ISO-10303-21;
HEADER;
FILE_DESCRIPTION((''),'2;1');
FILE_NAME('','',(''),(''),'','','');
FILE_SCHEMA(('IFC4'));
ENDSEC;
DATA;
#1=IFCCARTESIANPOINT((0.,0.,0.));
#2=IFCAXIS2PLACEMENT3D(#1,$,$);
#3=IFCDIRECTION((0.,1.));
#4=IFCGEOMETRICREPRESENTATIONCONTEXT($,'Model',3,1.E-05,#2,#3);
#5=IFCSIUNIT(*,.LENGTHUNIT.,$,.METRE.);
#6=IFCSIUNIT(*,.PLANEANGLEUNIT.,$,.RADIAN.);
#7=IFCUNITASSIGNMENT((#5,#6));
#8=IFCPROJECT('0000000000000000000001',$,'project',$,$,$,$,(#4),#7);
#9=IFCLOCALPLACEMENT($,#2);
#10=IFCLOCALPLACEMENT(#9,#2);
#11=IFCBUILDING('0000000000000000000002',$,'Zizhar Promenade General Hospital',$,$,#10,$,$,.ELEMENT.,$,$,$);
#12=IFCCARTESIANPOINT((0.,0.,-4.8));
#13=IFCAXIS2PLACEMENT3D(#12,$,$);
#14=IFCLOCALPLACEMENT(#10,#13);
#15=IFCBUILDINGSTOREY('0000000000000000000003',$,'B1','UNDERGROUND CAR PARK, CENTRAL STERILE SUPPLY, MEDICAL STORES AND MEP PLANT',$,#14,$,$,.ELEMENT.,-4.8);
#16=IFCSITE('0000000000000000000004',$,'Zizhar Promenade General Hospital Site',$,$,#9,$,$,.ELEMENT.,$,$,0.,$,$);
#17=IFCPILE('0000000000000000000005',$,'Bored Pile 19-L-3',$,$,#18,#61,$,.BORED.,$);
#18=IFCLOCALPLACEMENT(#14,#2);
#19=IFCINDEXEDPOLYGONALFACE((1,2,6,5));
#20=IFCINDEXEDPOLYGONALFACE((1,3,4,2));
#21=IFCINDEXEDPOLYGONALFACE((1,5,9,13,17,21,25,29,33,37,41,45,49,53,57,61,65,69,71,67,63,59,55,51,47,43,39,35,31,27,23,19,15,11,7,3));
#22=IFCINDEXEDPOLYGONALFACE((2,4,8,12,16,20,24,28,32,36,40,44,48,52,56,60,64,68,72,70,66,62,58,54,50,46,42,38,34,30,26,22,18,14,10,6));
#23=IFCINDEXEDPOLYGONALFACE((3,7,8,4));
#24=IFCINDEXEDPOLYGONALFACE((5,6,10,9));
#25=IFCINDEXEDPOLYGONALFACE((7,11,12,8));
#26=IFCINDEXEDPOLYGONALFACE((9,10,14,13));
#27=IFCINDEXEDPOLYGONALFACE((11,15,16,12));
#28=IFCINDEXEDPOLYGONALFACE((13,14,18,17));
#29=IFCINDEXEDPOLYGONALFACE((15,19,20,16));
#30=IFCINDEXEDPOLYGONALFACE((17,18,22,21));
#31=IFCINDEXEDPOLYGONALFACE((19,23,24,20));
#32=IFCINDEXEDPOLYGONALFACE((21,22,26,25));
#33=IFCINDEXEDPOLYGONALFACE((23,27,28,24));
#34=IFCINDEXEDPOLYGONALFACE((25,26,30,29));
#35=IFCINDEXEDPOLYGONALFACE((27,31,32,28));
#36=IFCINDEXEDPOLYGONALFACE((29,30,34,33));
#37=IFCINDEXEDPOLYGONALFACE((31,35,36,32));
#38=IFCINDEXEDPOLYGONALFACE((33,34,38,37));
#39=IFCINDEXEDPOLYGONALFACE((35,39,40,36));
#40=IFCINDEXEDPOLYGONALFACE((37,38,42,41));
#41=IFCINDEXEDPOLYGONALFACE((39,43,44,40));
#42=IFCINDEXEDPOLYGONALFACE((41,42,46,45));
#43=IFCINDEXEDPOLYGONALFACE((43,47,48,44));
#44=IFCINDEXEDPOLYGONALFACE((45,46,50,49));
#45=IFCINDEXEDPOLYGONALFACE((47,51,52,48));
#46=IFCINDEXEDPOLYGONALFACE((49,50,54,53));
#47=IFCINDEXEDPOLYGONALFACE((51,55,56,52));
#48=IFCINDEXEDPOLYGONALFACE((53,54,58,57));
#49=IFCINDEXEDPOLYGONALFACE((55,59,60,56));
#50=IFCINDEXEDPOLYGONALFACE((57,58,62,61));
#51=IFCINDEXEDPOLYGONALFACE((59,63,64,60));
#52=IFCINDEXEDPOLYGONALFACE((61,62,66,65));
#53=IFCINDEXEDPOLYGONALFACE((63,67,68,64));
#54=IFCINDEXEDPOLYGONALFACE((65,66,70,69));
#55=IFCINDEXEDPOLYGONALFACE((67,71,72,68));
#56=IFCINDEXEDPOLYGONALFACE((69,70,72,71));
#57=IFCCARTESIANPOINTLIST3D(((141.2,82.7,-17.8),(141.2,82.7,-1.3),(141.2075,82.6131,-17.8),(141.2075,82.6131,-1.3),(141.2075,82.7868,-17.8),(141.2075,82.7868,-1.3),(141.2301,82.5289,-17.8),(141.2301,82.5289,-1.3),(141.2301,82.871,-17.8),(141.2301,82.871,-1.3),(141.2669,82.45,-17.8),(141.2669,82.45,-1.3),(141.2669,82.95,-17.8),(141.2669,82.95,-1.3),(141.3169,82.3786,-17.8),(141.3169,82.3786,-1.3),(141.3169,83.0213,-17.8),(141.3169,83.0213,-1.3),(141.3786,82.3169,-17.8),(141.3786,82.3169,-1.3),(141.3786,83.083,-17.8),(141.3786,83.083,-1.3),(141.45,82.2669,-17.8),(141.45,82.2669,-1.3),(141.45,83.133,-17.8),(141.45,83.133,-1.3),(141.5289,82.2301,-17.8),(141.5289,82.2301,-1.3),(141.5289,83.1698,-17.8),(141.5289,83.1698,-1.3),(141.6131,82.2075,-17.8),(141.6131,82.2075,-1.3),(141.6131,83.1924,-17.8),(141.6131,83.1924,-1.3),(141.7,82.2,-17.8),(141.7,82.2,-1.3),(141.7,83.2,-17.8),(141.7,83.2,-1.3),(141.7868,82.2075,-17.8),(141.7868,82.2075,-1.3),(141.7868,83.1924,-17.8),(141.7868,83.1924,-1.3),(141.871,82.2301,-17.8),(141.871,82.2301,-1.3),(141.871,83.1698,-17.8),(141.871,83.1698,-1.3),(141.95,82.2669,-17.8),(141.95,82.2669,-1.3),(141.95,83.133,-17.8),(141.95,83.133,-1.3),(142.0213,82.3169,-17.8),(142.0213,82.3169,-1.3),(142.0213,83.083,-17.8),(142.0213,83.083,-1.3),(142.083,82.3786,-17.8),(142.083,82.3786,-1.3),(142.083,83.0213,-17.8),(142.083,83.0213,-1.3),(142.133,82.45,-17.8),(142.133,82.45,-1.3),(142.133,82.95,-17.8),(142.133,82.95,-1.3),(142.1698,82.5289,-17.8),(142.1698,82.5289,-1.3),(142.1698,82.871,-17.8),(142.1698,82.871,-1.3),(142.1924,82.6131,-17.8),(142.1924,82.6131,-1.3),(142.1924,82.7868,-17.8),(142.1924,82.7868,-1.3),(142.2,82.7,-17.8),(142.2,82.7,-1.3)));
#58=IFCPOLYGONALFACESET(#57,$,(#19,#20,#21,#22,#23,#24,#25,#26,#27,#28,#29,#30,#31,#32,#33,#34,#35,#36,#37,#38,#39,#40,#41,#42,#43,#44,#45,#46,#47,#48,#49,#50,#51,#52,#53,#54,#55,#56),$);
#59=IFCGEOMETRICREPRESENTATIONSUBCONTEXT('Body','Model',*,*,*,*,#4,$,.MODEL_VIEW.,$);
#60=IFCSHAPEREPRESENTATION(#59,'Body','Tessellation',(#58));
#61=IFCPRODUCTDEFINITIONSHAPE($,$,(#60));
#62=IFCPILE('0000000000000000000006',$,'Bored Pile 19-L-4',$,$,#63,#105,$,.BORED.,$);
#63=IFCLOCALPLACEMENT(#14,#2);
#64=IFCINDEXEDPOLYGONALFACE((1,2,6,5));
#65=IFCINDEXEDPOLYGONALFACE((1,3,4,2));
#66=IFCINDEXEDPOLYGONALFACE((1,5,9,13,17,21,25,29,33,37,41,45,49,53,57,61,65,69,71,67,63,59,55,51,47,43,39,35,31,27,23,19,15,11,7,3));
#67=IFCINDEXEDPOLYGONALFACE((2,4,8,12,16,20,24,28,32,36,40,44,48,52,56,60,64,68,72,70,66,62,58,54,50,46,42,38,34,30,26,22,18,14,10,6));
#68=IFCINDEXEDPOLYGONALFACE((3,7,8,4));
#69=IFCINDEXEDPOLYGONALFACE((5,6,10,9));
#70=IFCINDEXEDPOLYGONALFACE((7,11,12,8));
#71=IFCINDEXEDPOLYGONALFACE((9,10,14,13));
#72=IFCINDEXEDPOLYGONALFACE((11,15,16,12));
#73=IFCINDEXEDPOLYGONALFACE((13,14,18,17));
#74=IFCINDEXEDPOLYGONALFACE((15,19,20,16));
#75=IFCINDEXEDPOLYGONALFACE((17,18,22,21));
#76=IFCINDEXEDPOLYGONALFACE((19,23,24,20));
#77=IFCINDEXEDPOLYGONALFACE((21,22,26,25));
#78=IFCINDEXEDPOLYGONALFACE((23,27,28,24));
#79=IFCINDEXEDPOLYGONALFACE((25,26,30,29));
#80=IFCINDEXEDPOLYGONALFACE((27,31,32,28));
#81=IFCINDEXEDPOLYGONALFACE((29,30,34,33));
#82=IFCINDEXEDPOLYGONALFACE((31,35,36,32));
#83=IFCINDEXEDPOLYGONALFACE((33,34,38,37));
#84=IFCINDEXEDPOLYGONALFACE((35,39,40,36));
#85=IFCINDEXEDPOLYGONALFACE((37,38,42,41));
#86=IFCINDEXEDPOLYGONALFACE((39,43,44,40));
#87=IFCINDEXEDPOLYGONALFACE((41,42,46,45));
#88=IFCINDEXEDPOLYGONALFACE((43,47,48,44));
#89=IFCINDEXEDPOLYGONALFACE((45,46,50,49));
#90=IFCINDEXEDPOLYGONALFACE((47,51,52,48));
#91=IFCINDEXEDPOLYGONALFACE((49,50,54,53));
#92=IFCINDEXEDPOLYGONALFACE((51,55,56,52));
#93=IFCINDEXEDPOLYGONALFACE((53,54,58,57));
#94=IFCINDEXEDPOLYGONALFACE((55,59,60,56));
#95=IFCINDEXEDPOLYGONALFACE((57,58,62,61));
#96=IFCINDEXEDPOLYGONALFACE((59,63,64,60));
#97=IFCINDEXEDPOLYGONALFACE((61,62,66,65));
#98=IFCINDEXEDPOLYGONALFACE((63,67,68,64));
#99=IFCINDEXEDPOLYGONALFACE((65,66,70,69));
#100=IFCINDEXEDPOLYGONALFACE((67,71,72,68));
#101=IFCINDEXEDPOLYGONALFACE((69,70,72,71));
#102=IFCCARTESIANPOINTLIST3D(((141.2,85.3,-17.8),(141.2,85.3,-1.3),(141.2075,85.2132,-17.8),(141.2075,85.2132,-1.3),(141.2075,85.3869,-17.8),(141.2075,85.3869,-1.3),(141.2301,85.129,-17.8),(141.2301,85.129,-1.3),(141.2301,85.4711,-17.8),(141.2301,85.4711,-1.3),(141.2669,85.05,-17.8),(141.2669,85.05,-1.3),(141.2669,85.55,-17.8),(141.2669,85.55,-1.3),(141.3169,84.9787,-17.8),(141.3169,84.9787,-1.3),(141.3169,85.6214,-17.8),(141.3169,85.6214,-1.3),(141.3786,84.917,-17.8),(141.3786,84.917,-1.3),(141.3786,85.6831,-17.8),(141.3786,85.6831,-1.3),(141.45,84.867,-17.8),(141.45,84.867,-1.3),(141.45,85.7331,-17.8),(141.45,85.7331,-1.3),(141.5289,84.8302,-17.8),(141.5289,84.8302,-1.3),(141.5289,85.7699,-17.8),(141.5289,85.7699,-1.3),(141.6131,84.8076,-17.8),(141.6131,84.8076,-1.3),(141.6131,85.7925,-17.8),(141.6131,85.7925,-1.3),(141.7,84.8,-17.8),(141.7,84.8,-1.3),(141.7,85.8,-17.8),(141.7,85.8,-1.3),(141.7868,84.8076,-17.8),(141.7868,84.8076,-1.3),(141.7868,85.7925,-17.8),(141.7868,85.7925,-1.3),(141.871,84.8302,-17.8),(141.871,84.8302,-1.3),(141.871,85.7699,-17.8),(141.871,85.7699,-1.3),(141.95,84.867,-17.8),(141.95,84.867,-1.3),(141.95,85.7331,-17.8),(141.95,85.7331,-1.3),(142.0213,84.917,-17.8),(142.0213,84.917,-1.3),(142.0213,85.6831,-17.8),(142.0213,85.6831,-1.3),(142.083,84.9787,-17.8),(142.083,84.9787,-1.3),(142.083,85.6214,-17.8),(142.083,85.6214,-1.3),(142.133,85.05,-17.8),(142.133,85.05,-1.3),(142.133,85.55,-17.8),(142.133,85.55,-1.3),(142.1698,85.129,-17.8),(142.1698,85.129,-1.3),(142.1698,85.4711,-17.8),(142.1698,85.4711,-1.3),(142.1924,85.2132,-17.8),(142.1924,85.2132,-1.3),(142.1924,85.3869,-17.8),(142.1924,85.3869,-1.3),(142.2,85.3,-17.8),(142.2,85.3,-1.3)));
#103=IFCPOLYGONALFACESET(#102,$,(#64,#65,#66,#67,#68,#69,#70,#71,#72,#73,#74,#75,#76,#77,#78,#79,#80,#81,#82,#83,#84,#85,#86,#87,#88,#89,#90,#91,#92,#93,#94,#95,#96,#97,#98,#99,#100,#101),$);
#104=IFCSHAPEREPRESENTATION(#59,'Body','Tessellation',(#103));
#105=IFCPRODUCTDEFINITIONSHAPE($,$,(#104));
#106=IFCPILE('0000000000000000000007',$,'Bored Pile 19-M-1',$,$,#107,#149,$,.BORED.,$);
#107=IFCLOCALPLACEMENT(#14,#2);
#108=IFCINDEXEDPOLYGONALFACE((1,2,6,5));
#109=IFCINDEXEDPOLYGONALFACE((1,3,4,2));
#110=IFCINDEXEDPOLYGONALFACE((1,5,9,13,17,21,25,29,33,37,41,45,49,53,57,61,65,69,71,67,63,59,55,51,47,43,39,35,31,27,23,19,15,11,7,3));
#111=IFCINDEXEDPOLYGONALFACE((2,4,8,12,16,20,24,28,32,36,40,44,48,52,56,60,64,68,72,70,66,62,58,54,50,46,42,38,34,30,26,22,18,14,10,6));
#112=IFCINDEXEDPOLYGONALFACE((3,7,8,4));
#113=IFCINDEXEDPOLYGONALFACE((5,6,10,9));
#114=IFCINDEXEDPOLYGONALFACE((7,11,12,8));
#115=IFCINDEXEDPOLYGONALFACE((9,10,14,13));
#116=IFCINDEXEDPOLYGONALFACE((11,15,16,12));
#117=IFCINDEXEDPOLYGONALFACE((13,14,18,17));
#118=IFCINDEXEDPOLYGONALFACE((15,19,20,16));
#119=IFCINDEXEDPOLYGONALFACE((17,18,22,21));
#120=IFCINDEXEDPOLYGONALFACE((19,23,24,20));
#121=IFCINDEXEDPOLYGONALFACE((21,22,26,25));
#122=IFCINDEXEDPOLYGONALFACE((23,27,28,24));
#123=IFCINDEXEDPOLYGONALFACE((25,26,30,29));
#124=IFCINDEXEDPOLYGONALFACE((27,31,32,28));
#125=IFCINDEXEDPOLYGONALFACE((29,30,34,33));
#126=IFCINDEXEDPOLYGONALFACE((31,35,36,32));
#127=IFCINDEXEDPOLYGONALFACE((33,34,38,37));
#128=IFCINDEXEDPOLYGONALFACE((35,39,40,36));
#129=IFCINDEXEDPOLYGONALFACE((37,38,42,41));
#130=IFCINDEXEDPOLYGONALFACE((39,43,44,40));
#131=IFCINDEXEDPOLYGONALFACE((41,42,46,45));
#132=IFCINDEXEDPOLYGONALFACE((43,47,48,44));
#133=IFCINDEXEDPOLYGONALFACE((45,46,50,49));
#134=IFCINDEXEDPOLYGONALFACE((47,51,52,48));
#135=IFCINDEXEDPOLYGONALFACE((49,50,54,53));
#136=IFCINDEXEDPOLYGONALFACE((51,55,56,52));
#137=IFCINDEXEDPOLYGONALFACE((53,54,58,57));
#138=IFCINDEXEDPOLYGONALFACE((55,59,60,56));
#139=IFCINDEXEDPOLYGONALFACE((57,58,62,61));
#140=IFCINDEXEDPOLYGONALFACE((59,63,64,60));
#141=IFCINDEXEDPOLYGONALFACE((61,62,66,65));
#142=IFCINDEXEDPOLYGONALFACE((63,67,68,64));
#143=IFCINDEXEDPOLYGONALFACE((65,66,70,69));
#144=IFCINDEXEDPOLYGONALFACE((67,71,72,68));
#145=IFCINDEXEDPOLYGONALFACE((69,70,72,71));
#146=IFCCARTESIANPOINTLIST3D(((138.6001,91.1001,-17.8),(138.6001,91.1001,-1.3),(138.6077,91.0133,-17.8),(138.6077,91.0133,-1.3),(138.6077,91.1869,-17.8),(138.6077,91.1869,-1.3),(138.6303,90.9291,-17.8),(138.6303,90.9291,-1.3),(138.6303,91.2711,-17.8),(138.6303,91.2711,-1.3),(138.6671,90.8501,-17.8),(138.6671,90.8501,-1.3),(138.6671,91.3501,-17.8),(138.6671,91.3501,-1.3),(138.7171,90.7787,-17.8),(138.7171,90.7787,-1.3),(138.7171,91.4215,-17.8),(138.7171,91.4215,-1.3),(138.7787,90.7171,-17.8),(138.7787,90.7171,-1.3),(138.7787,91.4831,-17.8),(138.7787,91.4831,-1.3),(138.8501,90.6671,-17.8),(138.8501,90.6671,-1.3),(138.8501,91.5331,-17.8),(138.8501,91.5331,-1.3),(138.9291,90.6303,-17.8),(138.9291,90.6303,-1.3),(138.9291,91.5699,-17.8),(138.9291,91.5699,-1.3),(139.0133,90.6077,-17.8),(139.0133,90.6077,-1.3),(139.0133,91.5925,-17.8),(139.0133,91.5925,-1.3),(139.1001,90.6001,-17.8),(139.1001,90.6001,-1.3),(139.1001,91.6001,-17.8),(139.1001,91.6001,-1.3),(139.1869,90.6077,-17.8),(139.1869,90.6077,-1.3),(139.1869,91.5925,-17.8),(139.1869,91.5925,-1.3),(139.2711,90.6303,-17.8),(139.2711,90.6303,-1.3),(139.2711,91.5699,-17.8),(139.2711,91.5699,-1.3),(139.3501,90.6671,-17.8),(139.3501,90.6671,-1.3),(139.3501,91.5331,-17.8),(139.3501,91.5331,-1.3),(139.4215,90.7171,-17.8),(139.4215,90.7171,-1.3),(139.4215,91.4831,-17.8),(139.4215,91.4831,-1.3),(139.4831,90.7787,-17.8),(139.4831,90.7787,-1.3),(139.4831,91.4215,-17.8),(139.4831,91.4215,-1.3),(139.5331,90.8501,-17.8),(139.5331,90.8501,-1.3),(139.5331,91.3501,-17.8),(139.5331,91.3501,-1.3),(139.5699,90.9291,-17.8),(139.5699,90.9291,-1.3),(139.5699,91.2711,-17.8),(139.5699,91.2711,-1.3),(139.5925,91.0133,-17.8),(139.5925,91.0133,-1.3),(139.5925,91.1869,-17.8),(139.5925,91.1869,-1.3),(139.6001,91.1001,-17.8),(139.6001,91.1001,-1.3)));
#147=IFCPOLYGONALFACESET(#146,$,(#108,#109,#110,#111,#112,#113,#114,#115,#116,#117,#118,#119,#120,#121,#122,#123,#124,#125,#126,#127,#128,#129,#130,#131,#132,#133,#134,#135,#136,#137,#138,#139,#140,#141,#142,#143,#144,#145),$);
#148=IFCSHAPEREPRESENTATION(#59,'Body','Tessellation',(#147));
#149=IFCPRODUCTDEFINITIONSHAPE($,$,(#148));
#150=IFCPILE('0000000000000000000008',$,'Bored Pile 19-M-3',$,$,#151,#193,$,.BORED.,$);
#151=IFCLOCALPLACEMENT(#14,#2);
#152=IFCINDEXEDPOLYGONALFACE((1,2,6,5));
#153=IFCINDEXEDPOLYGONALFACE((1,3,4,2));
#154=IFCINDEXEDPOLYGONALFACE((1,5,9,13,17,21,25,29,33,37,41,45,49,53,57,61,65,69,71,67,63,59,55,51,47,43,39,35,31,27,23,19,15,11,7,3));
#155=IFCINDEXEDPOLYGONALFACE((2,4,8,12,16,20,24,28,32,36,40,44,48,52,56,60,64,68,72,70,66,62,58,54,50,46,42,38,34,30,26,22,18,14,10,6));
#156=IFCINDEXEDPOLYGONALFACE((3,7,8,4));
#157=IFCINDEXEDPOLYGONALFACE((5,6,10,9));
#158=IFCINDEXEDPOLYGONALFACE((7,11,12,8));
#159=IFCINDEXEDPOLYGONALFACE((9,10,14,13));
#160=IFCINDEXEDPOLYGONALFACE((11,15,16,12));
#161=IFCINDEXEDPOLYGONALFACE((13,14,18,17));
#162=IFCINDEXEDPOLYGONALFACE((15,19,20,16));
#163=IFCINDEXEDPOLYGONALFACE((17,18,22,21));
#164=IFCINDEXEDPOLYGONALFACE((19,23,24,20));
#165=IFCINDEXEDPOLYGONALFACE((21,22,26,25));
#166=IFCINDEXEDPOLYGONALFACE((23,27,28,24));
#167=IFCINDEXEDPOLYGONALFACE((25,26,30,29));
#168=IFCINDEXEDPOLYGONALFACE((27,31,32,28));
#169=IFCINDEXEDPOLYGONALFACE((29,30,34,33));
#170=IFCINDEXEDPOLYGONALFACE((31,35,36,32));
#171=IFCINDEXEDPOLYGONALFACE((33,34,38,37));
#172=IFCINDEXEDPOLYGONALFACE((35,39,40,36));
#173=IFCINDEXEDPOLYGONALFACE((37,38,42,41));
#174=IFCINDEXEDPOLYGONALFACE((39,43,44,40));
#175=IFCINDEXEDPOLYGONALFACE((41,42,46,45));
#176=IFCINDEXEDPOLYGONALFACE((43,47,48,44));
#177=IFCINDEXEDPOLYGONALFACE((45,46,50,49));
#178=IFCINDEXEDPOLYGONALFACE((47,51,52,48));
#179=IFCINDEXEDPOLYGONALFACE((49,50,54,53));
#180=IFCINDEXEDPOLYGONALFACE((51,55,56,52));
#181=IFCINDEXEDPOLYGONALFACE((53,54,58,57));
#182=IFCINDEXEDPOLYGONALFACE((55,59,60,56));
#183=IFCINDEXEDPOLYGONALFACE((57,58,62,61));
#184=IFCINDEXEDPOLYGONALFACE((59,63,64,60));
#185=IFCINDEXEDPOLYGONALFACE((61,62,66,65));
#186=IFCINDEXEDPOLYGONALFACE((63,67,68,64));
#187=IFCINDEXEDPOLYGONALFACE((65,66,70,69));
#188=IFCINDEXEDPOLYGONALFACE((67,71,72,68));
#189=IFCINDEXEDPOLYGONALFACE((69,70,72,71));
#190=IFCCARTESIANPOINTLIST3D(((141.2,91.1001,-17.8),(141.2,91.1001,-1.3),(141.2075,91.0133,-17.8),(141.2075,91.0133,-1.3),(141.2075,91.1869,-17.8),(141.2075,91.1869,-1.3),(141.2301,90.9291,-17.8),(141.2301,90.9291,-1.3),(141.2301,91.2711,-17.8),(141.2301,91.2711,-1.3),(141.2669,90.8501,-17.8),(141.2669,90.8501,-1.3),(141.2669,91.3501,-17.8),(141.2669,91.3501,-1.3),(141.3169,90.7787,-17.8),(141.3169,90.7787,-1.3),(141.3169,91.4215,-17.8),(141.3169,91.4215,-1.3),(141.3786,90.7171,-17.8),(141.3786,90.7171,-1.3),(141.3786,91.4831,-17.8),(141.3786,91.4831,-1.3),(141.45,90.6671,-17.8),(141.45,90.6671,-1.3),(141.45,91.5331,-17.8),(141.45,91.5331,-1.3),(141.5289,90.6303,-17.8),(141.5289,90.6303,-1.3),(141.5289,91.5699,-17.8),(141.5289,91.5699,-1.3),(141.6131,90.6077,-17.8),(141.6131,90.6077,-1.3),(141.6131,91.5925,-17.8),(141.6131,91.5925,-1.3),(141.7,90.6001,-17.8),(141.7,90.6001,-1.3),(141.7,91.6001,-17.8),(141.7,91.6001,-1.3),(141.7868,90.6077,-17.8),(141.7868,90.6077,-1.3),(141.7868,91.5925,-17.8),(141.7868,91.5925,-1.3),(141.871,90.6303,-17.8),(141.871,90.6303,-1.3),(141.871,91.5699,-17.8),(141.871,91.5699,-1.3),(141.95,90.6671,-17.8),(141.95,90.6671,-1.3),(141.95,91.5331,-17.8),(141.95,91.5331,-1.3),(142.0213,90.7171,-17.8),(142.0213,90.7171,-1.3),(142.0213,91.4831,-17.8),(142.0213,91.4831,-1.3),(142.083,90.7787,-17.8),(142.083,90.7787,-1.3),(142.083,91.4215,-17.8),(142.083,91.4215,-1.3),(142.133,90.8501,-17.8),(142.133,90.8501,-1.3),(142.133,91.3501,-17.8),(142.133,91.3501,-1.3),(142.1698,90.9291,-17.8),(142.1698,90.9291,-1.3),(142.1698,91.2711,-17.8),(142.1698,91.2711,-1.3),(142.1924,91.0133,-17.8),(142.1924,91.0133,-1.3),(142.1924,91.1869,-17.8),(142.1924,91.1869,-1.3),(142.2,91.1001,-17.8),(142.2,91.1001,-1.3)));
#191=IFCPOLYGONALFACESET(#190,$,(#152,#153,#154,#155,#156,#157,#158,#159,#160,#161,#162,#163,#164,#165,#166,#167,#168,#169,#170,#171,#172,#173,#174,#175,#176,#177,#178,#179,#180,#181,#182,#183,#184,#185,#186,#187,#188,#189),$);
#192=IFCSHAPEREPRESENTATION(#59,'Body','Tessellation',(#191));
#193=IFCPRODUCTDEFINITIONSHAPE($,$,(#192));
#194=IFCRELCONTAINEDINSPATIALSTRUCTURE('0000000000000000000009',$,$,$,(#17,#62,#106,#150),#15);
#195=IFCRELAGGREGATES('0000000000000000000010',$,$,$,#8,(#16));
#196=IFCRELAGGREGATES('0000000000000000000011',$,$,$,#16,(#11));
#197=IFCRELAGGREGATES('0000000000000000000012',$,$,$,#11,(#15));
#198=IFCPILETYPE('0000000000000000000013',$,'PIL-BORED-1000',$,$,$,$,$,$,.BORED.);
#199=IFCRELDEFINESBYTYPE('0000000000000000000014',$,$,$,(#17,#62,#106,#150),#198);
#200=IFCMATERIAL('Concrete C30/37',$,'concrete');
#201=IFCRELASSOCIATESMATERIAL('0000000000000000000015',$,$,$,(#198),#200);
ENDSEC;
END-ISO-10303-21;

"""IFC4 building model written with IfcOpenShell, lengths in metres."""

from ifc_helpers import new_model, si_unit, direction, frame, origin, origin_2d, place, context, subcontext, project, spatial, circle, extrude, material, material_profile, profile_set, type_object, element, save


model = new_model("IFC4")

# Units and contexts
model_context = context("Model", 3, precision=1e-05, world=origin(), true_north=direction((0.0, 1.0)))
body_context = subcontext(model_context, "Body", "Model", "MODEL_VIEW")
ifc_project = project(units=[si_unit("LENGTHUNIT", "METRE"), si_unit("PLANEANGLEUNIT", "RADIAN")], contexts=[model_context])

# Site, building, storey
site_placement = place(None, origin())
site = spatial("IfcSite", under=ifc_project, at=site_placement, Name="Zizhar Promenade General Hospital Site", CompositionType="ELEMENT", RefElevation=0.0)
building_placement = place(site_placement, origin())
building = spatial("IfcBuilding", under=site, at=building_placement, Name="Zizhar Promenade General Hospital", CompositionType="ELEMENT")
storey_placement = place(building_placement, frame((0.0, 0.0, -4.8)))
storey = spatial("IfcBuildingStorey", under=building, at=storey_placement, Name="B1", Description="UNDERGROUND CAR PARK, CENTRAL STERILE SUPPLY, MEDICAL STORES AND MEP PLANT", CompositionType="ELEMENT", Elevation=-4.8)

# Piles
ifc_material_1 = material(Name="Concrete C30/37", Category="concrete")
ifc_material_profile_1 = material_profile(ifc_material_1, circle(Radius=0.5, at=origin_2d()))
ifc_profile_set_1 = profile_set([ifc_material_profile_1], Name="Concrete C30/37")
pile_type = type_object("IfcPileType", Name="PIL-BORED-1000", PredefinedType="BORED", material=ifc_profile_set_1)
for number, where, z_axis, x_axis, name in (
    (1, (141.7, 82.7, -1.3), (0.0, 0.0, -1.0), (1.0, 0.0, 0.0), "Bored Pile 19-L-3"),
    (2, (141.7, 85.3, -1.3), (0.0, 0.0, -1.0), (1.0, 0.0, 0.0), "Bored Pile 19-L-4"),
    (3, (139.1001, 91.1001, -1.3), (0.0, 0.0, -1.0), (1.0, 0.0, 0.0), "Bored Pile 19-M-1"),
    (4, (141.7, 91.1001, -1.3), (0.0, 0.0, -1.0), (1.0, 0.0, 0.0), "Bored Pile 19-M-3"),
):
    element("IfcPile", number, at=place(storey_placement, frame(where, z_axis=z_axis, x_axis=x_axis)), inside=storey, type_object=pile_type, Name=name, PredefinedType="BORED", context=body_context, shape_type="SweptSolid", body=[
        extrude(circle(Radius=0.5, at=origin_2d()), origin(), (0.0, 0.0, 1.0), 16.5),
    ])

save(model, "model.ifc")
